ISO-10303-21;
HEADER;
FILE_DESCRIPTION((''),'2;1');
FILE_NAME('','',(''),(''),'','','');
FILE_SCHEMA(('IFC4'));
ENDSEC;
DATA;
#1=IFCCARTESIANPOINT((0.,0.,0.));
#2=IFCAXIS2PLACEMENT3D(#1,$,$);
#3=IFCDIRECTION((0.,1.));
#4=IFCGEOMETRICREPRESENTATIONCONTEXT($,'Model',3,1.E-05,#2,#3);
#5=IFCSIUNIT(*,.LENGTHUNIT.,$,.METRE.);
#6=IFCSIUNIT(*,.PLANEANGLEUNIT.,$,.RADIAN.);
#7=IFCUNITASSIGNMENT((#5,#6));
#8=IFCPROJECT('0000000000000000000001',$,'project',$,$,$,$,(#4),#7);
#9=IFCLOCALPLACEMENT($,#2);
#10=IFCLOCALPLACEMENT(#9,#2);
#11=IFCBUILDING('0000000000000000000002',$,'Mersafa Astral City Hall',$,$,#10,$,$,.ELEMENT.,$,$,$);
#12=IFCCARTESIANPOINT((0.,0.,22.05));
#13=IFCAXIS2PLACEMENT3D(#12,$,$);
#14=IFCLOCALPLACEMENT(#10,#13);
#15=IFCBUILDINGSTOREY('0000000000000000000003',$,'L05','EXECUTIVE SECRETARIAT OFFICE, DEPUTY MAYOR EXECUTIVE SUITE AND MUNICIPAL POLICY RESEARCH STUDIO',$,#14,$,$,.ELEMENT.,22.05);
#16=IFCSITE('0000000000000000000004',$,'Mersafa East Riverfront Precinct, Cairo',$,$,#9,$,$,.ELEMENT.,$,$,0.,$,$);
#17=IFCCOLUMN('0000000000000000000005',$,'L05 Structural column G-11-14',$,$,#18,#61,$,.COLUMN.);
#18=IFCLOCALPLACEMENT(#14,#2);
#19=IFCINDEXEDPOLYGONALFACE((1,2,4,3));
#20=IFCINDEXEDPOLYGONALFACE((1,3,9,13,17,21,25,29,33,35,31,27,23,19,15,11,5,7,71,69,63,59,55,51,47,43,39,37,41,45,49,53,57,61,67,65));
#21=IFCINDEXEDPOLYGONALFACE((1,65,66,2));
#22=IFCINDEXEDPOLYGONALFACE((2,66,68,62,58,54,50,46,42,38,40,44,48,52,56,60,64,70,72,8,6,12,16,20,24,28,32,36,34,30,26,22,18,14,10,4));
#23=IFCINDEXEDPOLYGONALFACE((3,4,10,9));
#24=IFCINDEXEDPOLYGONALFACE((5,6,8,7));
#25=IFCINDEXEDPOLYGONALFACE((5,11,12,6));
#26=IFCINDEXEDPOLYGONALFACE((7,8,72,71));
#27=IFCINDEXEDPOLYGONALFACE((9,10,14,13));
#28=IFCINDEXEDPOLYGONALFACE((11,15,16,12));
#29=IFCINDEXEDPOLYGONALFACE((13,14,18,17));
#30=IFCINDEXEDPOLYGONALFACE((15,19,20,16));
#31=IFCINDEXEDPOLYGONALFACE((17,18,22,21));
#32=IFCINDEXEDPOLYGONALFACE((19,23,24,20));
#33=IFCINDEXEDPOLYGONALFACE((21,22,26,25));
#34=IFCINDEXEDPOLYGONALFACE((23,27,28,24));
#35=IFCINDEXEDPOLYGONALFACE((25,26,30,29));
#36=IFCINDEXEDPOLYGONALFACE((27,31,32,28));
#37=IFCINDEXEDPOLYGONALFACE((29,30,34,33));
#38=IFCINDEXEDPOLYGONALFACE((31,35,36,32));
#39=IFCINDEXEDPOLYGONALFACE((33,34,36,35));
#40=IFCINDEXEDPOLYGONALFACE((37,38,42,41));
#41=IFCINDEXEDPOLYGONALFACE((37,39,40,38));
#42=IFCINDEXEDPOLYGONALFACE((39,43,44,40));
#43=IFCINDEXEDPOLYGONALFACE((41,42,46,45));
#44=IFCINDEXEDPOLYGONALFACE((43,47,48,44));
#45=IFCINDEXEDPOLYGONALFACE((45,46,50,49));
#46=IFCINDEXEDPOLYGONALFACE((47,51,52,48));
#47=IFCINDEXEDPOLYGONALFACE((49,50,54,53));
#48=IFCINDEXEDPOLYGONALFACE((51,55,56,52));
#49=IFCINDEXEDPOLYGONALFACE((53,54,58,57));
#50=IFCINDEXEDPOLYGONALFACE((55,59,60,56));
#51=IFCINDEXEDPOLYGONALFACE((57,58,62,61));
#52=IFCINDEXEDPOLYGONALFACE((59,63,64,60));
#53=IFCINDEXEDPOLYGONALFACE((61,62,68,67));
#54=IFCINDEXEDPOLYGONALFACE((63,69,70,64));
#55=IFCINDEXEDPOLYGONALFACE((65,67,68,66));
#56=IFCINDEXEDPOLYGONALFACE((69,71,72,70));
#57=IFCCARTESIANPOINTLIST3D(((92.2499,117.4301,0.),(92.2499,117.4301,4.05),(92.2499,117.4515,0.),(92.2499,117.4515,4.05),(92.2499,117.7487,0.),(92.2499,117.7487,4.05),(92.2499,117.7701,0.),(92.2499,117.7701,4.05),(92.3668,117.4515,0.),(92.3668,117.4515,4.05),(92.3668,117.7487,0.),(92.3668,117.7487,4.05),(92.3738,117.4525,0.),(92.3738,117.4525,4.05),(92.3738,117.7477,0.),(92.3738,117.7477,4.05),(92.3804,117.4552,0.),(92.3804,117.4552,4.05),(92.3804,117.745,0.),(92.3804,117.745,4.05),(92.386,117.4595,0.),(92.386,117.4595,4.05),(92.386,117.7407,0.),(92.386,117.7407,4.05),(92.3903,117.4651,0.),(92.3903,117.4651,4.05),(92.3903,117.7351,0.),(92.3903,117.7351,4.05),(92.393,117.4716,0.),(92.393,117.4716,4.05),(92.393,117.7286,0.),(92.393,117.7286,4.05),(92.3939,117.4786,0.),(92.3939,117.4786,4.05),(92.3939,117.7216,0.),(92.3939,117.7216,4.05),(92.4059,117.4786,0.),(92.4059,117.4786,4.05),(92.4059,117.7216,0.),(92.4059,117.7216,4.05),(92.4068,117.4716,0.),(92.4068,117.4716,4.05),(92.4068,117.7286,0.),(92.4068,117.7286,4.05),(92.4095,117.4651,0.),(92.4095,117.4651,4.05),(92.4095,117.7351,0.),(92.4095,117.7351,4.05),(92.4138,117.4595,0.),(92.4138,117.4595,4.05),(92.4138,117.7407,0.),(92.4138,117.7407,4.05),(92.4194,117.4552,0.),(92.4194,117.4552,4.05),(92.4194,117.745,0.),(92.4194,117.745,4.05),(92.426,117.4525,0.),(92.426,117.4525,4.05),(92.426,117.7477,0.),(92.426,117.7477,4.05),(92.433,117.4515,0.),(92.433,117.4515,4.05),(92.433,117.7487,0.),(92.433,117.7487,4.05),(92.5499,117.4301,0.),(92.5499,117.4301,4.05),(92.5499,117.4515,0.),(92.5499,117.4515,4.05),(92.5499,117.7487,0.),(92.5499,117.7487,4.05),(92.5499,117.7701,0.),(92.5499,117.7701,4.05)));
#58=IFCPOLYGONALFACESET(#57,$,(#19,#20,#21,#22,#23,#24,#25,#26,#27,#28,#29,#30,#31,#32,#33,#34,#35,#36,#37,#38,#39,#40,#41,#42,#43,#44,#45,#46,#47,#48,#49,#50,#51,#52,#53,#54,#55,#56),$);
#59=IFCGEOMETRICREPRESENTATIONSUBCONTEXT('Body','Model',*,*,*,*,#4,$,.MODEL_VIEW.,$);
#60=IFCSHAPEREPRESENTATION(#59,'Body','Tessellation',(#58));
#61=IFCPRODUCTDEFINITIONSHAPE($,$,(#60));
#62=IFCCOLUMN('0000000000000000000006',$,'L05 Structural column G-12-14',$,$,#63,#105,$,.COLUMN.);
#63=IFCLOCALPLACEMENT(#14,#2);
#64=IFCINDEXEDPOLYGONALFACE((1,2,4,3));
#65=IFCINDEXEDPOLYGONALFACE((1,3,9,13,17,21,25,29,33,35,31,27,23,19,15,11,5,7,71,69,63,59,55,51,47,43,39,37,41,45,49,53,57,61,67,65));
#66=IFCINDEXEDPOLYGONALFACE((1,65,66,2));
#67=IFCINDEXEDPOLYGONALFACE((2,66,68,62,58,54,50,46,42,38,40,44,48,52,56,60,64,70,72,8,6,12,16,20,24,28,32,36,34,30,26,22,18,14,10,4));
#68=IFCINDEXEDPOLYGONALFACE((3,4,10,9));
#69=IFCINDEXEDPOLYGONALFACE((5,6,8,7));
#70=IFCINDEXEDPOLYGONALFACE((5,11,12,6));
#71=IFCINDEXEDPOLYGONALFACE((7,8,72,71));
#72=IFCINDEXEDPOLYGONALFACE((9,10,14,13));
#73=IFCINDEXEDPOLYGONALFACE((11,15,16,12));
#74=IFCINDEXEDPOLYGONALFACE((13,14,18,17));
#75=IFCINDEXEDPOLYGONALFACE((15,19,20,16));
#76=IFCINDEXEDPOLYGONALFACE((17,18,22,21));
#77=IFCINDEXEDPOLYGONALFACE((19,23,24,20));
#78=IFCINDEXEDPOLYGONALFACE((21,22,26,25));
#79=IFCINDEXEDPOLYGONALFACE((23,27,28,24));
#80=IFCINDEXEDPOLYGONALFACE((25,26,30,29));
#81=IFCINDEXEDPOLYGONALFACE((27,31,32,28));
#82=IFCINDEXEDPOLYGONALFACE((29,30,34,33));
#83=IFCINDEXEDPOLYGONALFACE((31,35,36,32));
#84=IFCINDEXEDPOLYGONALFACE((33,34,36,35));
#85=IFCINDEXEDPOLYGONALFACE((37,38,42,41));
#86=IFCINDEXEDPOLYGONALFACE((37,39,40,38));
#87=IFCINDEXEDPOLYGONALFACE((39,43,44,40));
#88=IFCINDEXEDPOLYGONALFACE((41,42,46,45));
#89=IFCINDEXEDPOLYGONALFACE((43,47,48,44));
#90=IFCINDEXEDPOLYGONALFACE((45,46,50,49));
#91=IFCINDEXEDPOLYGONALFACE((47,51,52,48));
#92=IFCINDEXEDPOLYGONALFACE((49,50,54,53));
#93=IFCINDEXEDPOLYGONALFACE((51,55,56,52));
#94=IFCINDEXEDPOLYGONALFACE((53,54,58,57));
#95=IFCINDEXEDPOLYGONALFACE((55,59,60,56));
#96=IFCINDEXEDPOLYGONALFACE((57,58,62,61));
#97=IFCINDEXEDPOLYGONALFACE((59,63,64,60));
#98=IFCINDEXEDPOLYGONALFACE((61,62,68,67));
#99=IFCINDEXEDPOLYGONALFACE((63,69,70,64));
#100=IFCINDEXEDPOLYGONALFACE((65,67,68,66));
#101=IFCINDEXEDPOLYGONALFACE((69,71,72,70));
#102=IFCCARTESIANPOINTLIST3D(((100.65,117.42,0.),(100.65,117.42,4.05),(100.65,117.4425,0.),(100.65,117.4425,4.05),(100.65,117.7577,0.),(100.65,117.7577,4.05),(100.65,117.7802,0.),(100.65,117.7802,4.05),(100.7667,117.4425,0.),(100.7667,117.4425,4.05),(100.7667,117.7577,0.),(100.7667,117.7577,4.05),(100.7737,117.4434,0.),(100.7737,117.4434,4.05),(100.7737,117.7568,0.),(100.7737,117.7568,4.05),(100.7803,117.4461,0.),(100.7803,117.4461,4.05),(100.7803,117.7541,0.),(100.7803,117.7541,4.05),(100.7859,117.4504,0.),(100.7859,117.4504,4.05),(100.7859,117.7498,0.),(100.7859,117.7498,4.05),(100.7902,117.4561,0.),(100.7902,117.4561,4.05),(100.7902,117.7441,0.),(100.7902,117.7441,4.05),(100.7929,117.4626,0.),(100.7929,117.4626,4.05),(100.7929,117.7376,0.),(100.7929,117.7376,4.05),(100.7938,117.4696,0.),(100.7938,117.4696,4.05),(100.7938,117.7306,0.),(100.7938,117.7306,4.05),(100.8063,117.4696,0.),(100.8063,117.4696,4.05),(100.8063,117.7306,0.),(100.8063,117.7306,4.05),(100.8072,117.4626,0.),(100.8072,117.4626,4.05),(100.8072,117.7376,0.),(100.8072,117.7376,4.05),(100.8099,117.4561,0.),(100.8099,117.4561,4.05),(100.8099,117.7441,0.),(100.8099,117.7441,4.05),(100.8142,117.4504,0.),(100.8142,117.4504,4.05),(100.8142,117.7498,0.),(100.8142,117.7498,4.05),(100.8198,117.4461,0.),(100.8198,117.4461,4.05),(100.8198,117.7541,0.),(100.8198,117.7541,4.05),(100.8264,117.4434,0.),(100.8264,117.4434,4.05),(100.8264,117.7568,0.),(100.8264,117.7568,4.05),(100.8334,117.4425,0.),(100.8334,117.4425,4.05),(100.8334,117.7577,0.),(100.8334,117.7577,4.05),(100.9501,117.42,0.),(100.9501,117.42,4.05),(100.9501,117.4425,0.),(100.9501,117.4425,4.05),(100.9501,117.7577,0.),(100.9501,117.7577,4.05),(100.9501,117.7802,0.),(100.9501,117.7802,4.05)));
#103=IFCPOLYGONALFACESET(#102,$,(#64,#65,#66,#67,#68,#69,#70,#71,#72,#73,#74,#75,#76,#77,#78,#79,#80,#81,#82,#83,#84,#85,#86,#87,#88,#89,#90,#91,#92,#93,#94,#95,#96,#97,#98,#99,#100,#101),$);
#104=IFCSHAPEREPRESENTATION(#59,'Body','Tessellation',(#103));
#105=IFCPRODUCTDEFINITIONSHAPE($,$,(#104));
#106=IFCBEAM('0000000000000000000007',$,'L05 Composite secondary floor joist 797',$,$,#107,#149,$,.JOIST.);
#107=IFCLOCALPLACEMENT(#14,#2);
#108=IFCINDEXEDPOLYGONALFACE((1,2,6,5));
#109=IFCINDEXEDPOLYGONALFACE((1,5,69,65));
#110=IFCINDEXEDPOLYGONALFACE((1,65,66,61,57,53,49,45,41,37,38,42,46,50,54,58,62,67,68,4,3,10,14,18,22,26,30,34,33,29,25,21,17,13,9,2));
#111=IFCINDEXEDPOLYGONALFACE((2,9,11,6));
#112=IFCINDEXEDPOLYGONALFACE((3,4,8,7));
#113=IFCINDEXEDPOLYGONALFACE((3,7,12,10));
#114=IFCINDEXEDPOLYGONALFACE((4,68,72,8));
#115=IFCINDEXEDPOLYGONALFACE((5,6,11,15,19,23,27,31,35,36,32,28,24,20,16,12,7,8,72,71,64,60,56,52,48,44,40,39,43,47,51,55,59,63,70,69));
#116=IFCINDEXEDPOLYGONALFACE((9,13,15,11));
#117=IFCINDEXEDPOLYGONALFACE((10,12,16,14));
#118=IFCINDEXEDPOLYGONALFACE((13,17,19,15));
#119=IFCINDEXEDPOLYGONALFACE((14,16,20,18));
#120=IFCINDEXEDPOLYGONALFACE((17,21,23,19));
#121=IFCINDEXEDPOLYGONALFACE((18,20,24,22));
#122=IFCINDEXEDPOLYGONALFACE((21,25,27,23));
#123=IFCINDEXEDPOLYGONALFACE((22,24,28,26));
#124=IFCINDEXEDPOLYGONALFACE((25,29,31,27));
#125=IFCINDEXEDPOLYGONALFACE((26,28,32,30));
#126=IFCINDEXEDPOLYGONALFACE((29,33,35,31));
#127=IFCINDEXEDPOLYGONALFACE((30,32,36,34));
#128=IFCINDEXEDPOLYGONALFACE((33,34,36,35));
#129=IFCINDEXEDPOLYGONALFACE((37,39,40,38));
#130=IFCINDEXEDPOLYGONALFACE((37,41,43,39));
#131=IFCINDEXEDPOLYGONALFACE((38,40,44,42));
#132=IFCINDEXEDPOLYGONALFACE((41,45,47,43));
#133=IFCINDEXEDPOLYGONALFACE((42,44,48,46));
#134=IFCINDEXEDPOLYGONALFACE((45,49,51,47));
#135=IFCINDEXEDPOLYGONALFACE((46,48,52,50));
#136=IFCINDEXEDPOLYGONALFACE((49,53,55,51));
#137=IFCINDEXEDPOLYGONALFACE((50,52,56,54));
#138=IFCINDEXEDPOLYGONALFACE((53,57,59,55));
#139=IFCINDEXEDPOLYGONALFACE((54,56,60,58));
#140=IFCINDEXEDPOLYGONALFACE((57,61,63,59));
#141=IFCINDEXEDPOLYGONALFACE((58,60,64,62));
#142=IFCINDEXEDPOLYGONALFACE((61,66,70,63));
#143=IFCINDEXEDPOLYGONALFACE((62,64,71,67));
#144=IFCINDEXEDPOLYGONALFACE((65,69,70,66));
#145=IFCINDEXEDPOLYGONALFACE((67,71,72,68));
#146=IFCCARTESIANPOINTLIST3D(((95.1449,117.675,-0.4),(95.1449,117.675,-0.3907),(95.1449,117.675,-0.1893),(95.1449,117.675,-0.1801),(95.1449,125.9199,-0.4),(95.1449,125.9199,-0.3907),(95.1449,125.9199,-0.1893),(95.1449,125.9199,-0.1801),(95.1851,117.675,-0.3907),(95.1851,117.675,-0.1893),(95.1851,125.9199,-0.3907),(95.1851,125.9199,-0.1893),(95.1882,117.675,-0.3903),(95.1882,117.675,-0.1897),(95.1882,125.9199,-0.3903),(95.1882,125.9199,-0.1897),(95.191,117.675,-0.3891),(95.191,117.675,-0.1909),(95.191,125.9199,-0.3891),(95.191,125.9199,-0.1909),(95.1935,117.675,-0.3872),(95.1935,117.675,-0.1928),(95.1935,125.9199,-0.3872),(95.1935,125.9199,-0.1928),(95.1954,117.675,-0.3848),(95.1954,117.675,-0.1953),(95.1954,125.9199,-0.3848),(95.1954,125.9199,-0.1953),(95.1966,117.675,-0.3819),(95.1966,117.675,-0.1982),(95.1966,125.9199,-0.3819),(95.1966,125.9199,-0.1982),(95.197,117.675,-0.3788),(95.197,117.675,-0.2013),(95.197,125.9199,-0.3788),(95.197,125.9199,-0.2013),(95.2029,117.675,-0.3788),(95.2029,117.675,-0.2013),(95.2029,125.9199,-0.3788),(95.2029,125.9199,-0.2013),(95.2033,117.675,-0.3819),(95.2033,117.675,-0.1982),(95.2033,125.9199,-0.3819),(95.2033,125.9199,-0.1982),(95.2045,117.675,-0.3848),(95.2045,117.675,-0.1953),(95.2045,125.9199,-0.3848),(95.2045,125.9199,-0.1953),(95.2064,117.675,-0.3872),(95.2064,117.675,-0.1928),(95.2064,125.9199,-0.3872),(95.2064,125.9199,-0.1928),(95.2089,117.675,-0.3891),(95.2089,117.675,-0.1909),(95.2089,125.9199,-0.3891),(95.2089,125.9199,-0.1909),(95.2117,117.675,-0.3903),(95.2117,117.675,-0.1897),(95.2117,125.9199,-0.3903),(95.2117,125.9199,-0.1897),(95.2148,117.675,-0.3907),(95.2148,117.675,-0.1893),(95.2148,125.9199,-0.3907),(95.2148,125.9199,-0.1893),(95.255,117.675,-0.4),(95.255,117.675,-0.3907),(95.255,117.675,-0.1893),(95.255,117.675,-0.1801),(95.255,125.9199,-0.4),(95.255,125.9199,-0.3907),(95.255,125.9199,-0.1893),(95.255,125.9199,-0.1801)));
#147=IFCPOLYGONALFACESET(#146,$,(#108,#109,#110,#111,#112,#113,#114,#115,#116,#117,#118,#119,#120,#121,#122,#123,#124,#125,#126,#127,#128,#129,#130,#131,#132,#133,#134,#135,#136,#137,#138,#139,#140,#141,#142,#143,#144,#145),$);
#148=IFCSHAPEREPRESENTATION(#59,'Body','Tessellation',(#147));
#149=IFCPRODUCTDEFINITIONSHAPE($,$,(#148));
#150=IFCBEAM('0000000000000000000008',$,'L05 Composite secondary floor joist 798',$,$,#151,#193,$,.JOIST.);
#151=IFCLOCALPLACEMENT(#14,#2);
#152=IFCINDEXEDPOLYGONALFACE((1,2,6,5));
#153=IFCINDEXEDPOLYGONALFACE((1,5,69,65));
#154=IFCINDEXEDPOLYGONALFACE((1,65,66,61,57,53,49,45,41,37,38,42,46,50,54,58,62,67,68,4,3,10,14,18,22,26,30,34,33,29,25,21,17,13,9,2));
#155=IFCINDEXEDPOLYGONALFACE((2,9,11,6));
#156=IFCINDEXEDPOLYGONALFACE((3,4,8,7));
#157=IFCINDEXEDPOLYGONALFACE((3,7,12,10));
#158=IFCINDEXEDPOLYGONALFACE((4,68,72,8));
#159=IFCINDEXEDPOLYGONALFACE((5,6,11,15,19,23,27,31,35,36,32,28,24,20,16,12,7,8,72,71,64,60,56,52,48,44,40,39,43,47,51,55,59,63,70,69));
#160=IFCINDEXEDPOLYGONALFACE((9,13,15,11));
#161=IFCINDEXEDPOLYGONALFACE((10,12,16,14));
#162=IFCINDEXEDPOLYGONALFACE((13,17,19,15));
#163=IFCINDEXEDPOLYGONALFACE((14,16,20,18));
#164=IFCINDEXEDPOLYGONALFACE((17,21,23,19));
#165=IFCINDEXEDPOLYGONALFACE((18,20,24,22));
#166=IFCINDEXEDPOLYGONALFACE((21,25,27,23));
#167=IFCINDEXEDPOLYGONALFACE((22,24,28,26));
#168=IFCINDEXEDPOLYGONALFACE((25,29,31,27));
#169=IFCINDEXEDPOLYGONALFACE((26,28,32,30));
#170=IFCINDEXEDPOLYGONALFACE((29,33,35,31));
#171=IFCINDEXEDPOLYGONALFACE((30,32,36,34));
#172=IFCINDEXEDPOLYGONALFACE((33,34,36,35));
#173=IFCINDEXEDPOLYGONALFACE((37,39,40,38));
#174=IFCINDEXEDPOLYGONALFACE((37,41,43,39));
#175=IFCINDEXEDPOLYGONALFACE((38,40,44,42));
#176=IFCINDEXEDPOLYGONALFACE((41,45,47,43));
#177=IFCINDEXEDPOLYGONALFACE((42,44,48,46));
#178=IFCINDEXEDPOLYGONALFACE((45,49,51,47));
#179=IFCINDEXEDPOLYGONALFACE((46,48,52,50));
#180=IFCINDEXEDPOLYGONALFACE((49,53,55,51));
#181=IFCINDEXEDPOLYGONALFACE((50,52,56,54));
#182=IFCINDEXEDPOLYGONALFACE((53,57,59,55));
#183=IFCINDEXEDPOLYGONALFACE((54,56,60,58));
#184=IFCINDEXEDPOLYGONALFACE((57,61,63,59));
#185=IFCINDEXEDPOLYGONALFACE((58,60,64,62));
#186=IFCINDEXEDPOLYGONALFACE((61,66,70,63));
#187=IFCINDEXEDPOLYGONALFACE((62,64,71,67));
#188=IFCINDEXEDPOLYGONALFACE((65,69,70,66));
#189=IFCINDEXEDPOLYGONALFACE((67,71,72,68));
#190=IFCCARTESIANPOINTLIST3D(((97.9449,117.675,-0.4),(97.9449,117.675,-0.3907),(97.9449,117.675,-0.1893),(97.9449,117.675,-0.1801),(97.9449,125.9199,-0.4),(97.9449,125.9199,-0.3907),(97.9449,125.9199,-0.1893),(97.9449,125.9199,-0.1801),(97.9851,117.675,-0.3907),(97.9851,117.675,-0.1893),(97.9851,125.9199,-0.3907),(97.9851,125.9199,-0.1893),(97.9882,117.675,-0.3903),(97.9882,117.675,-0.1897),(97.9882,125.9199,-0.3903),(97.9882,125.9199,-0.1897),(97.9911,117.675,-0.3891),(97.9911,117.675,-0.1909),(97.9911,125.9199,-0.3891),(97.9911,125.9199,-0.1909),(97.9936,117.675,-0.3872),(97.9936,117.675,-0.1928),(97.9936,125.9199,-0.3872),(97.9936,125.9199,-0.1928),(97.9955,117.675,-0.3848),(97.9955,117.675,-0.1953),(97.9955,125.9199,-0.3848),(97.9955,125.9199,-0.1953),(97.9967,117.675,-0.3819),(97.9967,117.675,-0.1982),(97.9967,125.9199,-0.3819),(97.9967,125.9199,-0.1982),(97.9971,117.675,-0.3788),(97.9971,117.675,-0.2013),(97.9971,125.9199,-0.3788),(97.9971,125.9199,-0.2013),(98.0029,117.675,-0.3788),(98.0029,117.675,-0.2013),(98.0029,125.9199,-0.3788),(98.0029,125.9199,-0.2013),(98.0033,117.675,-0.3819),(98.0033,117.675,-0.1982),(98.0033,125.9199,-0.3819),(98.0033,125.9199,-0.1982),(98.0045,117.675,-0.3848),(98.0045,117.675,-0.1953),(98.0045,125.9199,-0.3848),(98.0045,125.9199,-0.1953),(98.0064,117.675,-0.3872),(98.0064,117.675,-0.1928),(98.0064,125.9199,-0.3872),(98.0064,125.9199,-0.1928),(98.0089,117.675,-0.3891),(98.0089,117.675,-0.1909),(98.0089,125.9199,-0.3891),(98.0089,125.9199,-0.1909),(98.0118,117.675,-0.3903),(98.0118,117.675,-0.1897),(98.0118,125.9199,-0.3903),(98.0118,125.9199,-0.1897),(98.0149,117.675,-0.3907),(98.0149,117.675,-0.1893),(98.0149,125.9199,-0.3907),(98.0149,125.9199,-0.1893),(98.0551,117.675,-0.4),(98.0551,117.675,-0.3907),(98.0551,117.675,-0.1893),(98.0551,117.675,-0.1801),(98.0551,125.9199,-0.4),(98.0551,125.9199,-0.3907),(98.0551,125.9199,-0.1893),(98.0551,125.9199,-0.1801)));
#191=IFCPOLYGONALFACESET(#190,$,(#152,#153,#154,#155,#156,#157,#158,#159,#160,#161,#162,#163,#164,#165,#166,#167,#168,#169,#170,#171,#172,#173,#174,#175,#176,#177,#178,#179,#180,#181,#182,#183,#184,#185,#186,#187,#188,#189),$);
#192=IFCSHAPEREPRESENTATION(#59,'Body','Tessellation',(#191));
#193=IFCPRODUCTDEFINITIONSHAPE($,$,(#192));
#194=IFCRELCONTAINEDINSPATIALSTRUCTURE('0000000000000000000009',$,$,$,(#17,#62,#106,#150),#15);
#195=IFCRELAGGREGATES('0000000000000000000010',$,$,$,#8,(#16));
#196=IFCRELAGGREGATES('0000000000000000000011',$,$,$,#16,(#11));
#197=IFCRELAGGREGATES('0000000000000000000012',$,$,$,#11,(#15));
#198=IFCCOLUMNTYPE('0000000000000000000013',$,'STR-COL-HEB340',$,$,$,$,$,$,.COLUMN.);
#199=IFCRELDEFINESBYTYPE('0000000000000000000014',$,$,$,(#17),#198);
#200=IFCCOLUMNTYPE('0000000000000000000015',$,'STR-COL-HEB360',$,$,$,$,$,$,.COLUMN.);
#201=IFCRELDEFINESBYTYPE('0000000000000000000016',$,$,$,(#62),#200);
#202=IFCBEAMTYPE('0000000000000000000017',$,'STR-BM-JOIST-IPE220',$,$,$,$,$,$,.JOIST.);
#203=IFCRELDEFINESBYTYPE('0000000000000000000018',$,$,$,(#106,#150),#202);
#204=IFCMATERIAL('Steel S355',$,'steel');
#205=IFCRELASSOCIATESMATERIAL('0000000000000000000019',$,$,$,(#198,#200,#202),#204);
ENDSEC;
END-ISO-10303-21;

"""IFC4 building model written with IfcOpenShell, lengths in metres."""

from ifc_helpers import new_model, si_unit, direction, frame, origin, origin_2d, place, context, subcontext, project, spatial, i_section, extrude, material, material_profile, profile_set, type_object, element, save


model = new_model("IFC4")

# Units and contexts
model_context = context("Model", 3, precision=1e-05, world=origin(), true_north=direction((0.0, 1.0)))
body_context = subcontext(model_context, "Body", "Model", "MODEL_VIEW")
ifc_project = project(units=[si_unit("LENGTHUNIT", "METRE"), si_unit("PLANEANGLEUNIT", "RADIAN")], contexts=[model_context])

# Site, building, storey
site_placement = place(None, origin())
site = spatial("IfcSite", under=ifc_project, at=site_placement, Name="Mersafa East Riverfront Precinct, Cairo", CompositionType="ELEMENT", RefElevation=0.0)
building_placement = place(site_placement, origin())
building = spatial("IfcBuilding", under=site, at=building_placement, Name="Mersafa Astral City Hall", CompositionType="ELEMENT")
storey_placement = place(building_placement, frame((0.0, 0.0, 22.05)))
storey = spatial("IfcBuildingStorey", under=building, at=storey_placement, Name="L05", Description="EXECUTIVE SECRETARIAT OFFICE, DEPUTY MAYOR EXECUTIVE SUITE AND MUNICIPAL POLICY RESEARCH STUDIO", CompositionType="ELEMENT", Elevation=22.05)

# Columns
ifc_material_1 = material(Name="Steel S355", Category="steel")
ifc_material_profile_1 = material_profile(ifc_material_1, i_section(OverallWidth=0.3, OverallDepth=0.3401, WebThickness=0.012, FlangeThickness=0.0215, FilletRadius=0.0271, at=origin_2d()), Name="HEB 340")
ifc_profile_set_1 = profile_set([ifc_material_profile_1], Name="Steel S355")
column_type_1 = type_object("IfcColumnType", Name="STR-COL-HEB340", PredefinedType="COLUMN", material=ifc_profile_set_1)
column_1_placement = place(storey_placement, frame((92.3999, 117.6001, 0.0), z_axis=(0.0, 0.0, 1.0), x_axis=(1.0, 0.0, 0.0)))
element("IfcColumn", 1, at=column_1_placement, inside=storey, type_object=column_type_1, Name="L05 Structural column G-11-14", PredefinedType="COLUMN", context=body_context, shape_type="SweptSolid", body=[
    extrude(i_section(OverallWidth=0.3, OverallDepth=0.3401, WebThickness=0.012, FlangeThickness=0.0215, FilletRadius=0.0271, at=origin_2d()), origin(), (0.0, 0.0, 1.0), 4.05),
])
ifc_material_profile_2 = material_profile(ifc_material_1, i_section(OverallWidth=0.3, OverallDepth=0.3601, WebThickness=0.0125, FlangeThickness=0.0225, FilletRadius=0.0271, at=origin_2d()), Name="HEB 360")
ifc_profile_set_2 = profile_set([ifc_material_profile_2], Name="Steel S355")
column_type_2 = type_object("IfcColumnType", Name="STR-COL-HEB360", PredefinedType="COLUMN", material=ifc_profile_set_2)
column_2_placement = place(storey_placement, frame((100.8, 117.6001, 0.0), z_axis=(0.0, 0.0, 1.0), x_axis=(1.0, 0.0, 0.0)))
element("IfcColumn", 2, at=column_2_placement, inside=storey, type_object=column_type_2, Name="L05 Structural column G-12-14", PredefinedType="COLUMN", context=body_context, shape_type="SweptSolid", body=[
    extrude(i_section(OverallWidth=0.3, OverallDepth=0.3601, WebThickness=0.0125, FlangeThickness=0.0225, FilletRadius=0.0271, at=origin_2d()), origin(), (0.0, 0.0, 1.0), 4.05),
])

# Beams
ifc_material_profile_3 = material_profile(ifc_material_1, i_section(OverallWidth=0.1101, OverallDepth=0.22, WebThickness=0.0059, FlangeThickness=0.0093, FilletRadius=0.012, at=origin_2d()), Name="IPE 220")
ifc_profile_set_3 = profile_set([ifc_material_profile_3], Name="Steel S355")
beam_type_1 = type_object("IfcBeamType", Name="STR-BM-JOIST-IPE220", PredefinedType="JOIST", material=ifc_profile_set_3)
for number, where, z_axis, x_axis, name in (
    (3, (95.2, 117.675, -0.29), (0.0, 1.0, 0.0), (-1.0, 0.0, 0.0), "L05 Composite secondary floor joist 797"),
    (4, (98.0, 117.675, -0.29), (0.0, 1.0, 0.0), (-1.0, 0.0, 0.0), "L05 Composite secondary floor joist 798"),
):
    element("IfcBeam", number, at=place(storey_placement, frame(where, z_axis=z_axis, x_axis=x_axis)), inside=storey, type_object=beam_type_1, Name=name, PredefinedType="JOIST", context=body_context, shape_type="SweptSolid", body=[
        extrude(i_section(OverallWidth=0.1101, OverallDepth=0.22, WebThickness=0.0059, FlangeThickness=0.0093, FilletRadius=0.012, at=origin_2d()), origin(), (0.0, 0.0, 1.0), 8.2449),
    ])

save(model, "model.ifc")
